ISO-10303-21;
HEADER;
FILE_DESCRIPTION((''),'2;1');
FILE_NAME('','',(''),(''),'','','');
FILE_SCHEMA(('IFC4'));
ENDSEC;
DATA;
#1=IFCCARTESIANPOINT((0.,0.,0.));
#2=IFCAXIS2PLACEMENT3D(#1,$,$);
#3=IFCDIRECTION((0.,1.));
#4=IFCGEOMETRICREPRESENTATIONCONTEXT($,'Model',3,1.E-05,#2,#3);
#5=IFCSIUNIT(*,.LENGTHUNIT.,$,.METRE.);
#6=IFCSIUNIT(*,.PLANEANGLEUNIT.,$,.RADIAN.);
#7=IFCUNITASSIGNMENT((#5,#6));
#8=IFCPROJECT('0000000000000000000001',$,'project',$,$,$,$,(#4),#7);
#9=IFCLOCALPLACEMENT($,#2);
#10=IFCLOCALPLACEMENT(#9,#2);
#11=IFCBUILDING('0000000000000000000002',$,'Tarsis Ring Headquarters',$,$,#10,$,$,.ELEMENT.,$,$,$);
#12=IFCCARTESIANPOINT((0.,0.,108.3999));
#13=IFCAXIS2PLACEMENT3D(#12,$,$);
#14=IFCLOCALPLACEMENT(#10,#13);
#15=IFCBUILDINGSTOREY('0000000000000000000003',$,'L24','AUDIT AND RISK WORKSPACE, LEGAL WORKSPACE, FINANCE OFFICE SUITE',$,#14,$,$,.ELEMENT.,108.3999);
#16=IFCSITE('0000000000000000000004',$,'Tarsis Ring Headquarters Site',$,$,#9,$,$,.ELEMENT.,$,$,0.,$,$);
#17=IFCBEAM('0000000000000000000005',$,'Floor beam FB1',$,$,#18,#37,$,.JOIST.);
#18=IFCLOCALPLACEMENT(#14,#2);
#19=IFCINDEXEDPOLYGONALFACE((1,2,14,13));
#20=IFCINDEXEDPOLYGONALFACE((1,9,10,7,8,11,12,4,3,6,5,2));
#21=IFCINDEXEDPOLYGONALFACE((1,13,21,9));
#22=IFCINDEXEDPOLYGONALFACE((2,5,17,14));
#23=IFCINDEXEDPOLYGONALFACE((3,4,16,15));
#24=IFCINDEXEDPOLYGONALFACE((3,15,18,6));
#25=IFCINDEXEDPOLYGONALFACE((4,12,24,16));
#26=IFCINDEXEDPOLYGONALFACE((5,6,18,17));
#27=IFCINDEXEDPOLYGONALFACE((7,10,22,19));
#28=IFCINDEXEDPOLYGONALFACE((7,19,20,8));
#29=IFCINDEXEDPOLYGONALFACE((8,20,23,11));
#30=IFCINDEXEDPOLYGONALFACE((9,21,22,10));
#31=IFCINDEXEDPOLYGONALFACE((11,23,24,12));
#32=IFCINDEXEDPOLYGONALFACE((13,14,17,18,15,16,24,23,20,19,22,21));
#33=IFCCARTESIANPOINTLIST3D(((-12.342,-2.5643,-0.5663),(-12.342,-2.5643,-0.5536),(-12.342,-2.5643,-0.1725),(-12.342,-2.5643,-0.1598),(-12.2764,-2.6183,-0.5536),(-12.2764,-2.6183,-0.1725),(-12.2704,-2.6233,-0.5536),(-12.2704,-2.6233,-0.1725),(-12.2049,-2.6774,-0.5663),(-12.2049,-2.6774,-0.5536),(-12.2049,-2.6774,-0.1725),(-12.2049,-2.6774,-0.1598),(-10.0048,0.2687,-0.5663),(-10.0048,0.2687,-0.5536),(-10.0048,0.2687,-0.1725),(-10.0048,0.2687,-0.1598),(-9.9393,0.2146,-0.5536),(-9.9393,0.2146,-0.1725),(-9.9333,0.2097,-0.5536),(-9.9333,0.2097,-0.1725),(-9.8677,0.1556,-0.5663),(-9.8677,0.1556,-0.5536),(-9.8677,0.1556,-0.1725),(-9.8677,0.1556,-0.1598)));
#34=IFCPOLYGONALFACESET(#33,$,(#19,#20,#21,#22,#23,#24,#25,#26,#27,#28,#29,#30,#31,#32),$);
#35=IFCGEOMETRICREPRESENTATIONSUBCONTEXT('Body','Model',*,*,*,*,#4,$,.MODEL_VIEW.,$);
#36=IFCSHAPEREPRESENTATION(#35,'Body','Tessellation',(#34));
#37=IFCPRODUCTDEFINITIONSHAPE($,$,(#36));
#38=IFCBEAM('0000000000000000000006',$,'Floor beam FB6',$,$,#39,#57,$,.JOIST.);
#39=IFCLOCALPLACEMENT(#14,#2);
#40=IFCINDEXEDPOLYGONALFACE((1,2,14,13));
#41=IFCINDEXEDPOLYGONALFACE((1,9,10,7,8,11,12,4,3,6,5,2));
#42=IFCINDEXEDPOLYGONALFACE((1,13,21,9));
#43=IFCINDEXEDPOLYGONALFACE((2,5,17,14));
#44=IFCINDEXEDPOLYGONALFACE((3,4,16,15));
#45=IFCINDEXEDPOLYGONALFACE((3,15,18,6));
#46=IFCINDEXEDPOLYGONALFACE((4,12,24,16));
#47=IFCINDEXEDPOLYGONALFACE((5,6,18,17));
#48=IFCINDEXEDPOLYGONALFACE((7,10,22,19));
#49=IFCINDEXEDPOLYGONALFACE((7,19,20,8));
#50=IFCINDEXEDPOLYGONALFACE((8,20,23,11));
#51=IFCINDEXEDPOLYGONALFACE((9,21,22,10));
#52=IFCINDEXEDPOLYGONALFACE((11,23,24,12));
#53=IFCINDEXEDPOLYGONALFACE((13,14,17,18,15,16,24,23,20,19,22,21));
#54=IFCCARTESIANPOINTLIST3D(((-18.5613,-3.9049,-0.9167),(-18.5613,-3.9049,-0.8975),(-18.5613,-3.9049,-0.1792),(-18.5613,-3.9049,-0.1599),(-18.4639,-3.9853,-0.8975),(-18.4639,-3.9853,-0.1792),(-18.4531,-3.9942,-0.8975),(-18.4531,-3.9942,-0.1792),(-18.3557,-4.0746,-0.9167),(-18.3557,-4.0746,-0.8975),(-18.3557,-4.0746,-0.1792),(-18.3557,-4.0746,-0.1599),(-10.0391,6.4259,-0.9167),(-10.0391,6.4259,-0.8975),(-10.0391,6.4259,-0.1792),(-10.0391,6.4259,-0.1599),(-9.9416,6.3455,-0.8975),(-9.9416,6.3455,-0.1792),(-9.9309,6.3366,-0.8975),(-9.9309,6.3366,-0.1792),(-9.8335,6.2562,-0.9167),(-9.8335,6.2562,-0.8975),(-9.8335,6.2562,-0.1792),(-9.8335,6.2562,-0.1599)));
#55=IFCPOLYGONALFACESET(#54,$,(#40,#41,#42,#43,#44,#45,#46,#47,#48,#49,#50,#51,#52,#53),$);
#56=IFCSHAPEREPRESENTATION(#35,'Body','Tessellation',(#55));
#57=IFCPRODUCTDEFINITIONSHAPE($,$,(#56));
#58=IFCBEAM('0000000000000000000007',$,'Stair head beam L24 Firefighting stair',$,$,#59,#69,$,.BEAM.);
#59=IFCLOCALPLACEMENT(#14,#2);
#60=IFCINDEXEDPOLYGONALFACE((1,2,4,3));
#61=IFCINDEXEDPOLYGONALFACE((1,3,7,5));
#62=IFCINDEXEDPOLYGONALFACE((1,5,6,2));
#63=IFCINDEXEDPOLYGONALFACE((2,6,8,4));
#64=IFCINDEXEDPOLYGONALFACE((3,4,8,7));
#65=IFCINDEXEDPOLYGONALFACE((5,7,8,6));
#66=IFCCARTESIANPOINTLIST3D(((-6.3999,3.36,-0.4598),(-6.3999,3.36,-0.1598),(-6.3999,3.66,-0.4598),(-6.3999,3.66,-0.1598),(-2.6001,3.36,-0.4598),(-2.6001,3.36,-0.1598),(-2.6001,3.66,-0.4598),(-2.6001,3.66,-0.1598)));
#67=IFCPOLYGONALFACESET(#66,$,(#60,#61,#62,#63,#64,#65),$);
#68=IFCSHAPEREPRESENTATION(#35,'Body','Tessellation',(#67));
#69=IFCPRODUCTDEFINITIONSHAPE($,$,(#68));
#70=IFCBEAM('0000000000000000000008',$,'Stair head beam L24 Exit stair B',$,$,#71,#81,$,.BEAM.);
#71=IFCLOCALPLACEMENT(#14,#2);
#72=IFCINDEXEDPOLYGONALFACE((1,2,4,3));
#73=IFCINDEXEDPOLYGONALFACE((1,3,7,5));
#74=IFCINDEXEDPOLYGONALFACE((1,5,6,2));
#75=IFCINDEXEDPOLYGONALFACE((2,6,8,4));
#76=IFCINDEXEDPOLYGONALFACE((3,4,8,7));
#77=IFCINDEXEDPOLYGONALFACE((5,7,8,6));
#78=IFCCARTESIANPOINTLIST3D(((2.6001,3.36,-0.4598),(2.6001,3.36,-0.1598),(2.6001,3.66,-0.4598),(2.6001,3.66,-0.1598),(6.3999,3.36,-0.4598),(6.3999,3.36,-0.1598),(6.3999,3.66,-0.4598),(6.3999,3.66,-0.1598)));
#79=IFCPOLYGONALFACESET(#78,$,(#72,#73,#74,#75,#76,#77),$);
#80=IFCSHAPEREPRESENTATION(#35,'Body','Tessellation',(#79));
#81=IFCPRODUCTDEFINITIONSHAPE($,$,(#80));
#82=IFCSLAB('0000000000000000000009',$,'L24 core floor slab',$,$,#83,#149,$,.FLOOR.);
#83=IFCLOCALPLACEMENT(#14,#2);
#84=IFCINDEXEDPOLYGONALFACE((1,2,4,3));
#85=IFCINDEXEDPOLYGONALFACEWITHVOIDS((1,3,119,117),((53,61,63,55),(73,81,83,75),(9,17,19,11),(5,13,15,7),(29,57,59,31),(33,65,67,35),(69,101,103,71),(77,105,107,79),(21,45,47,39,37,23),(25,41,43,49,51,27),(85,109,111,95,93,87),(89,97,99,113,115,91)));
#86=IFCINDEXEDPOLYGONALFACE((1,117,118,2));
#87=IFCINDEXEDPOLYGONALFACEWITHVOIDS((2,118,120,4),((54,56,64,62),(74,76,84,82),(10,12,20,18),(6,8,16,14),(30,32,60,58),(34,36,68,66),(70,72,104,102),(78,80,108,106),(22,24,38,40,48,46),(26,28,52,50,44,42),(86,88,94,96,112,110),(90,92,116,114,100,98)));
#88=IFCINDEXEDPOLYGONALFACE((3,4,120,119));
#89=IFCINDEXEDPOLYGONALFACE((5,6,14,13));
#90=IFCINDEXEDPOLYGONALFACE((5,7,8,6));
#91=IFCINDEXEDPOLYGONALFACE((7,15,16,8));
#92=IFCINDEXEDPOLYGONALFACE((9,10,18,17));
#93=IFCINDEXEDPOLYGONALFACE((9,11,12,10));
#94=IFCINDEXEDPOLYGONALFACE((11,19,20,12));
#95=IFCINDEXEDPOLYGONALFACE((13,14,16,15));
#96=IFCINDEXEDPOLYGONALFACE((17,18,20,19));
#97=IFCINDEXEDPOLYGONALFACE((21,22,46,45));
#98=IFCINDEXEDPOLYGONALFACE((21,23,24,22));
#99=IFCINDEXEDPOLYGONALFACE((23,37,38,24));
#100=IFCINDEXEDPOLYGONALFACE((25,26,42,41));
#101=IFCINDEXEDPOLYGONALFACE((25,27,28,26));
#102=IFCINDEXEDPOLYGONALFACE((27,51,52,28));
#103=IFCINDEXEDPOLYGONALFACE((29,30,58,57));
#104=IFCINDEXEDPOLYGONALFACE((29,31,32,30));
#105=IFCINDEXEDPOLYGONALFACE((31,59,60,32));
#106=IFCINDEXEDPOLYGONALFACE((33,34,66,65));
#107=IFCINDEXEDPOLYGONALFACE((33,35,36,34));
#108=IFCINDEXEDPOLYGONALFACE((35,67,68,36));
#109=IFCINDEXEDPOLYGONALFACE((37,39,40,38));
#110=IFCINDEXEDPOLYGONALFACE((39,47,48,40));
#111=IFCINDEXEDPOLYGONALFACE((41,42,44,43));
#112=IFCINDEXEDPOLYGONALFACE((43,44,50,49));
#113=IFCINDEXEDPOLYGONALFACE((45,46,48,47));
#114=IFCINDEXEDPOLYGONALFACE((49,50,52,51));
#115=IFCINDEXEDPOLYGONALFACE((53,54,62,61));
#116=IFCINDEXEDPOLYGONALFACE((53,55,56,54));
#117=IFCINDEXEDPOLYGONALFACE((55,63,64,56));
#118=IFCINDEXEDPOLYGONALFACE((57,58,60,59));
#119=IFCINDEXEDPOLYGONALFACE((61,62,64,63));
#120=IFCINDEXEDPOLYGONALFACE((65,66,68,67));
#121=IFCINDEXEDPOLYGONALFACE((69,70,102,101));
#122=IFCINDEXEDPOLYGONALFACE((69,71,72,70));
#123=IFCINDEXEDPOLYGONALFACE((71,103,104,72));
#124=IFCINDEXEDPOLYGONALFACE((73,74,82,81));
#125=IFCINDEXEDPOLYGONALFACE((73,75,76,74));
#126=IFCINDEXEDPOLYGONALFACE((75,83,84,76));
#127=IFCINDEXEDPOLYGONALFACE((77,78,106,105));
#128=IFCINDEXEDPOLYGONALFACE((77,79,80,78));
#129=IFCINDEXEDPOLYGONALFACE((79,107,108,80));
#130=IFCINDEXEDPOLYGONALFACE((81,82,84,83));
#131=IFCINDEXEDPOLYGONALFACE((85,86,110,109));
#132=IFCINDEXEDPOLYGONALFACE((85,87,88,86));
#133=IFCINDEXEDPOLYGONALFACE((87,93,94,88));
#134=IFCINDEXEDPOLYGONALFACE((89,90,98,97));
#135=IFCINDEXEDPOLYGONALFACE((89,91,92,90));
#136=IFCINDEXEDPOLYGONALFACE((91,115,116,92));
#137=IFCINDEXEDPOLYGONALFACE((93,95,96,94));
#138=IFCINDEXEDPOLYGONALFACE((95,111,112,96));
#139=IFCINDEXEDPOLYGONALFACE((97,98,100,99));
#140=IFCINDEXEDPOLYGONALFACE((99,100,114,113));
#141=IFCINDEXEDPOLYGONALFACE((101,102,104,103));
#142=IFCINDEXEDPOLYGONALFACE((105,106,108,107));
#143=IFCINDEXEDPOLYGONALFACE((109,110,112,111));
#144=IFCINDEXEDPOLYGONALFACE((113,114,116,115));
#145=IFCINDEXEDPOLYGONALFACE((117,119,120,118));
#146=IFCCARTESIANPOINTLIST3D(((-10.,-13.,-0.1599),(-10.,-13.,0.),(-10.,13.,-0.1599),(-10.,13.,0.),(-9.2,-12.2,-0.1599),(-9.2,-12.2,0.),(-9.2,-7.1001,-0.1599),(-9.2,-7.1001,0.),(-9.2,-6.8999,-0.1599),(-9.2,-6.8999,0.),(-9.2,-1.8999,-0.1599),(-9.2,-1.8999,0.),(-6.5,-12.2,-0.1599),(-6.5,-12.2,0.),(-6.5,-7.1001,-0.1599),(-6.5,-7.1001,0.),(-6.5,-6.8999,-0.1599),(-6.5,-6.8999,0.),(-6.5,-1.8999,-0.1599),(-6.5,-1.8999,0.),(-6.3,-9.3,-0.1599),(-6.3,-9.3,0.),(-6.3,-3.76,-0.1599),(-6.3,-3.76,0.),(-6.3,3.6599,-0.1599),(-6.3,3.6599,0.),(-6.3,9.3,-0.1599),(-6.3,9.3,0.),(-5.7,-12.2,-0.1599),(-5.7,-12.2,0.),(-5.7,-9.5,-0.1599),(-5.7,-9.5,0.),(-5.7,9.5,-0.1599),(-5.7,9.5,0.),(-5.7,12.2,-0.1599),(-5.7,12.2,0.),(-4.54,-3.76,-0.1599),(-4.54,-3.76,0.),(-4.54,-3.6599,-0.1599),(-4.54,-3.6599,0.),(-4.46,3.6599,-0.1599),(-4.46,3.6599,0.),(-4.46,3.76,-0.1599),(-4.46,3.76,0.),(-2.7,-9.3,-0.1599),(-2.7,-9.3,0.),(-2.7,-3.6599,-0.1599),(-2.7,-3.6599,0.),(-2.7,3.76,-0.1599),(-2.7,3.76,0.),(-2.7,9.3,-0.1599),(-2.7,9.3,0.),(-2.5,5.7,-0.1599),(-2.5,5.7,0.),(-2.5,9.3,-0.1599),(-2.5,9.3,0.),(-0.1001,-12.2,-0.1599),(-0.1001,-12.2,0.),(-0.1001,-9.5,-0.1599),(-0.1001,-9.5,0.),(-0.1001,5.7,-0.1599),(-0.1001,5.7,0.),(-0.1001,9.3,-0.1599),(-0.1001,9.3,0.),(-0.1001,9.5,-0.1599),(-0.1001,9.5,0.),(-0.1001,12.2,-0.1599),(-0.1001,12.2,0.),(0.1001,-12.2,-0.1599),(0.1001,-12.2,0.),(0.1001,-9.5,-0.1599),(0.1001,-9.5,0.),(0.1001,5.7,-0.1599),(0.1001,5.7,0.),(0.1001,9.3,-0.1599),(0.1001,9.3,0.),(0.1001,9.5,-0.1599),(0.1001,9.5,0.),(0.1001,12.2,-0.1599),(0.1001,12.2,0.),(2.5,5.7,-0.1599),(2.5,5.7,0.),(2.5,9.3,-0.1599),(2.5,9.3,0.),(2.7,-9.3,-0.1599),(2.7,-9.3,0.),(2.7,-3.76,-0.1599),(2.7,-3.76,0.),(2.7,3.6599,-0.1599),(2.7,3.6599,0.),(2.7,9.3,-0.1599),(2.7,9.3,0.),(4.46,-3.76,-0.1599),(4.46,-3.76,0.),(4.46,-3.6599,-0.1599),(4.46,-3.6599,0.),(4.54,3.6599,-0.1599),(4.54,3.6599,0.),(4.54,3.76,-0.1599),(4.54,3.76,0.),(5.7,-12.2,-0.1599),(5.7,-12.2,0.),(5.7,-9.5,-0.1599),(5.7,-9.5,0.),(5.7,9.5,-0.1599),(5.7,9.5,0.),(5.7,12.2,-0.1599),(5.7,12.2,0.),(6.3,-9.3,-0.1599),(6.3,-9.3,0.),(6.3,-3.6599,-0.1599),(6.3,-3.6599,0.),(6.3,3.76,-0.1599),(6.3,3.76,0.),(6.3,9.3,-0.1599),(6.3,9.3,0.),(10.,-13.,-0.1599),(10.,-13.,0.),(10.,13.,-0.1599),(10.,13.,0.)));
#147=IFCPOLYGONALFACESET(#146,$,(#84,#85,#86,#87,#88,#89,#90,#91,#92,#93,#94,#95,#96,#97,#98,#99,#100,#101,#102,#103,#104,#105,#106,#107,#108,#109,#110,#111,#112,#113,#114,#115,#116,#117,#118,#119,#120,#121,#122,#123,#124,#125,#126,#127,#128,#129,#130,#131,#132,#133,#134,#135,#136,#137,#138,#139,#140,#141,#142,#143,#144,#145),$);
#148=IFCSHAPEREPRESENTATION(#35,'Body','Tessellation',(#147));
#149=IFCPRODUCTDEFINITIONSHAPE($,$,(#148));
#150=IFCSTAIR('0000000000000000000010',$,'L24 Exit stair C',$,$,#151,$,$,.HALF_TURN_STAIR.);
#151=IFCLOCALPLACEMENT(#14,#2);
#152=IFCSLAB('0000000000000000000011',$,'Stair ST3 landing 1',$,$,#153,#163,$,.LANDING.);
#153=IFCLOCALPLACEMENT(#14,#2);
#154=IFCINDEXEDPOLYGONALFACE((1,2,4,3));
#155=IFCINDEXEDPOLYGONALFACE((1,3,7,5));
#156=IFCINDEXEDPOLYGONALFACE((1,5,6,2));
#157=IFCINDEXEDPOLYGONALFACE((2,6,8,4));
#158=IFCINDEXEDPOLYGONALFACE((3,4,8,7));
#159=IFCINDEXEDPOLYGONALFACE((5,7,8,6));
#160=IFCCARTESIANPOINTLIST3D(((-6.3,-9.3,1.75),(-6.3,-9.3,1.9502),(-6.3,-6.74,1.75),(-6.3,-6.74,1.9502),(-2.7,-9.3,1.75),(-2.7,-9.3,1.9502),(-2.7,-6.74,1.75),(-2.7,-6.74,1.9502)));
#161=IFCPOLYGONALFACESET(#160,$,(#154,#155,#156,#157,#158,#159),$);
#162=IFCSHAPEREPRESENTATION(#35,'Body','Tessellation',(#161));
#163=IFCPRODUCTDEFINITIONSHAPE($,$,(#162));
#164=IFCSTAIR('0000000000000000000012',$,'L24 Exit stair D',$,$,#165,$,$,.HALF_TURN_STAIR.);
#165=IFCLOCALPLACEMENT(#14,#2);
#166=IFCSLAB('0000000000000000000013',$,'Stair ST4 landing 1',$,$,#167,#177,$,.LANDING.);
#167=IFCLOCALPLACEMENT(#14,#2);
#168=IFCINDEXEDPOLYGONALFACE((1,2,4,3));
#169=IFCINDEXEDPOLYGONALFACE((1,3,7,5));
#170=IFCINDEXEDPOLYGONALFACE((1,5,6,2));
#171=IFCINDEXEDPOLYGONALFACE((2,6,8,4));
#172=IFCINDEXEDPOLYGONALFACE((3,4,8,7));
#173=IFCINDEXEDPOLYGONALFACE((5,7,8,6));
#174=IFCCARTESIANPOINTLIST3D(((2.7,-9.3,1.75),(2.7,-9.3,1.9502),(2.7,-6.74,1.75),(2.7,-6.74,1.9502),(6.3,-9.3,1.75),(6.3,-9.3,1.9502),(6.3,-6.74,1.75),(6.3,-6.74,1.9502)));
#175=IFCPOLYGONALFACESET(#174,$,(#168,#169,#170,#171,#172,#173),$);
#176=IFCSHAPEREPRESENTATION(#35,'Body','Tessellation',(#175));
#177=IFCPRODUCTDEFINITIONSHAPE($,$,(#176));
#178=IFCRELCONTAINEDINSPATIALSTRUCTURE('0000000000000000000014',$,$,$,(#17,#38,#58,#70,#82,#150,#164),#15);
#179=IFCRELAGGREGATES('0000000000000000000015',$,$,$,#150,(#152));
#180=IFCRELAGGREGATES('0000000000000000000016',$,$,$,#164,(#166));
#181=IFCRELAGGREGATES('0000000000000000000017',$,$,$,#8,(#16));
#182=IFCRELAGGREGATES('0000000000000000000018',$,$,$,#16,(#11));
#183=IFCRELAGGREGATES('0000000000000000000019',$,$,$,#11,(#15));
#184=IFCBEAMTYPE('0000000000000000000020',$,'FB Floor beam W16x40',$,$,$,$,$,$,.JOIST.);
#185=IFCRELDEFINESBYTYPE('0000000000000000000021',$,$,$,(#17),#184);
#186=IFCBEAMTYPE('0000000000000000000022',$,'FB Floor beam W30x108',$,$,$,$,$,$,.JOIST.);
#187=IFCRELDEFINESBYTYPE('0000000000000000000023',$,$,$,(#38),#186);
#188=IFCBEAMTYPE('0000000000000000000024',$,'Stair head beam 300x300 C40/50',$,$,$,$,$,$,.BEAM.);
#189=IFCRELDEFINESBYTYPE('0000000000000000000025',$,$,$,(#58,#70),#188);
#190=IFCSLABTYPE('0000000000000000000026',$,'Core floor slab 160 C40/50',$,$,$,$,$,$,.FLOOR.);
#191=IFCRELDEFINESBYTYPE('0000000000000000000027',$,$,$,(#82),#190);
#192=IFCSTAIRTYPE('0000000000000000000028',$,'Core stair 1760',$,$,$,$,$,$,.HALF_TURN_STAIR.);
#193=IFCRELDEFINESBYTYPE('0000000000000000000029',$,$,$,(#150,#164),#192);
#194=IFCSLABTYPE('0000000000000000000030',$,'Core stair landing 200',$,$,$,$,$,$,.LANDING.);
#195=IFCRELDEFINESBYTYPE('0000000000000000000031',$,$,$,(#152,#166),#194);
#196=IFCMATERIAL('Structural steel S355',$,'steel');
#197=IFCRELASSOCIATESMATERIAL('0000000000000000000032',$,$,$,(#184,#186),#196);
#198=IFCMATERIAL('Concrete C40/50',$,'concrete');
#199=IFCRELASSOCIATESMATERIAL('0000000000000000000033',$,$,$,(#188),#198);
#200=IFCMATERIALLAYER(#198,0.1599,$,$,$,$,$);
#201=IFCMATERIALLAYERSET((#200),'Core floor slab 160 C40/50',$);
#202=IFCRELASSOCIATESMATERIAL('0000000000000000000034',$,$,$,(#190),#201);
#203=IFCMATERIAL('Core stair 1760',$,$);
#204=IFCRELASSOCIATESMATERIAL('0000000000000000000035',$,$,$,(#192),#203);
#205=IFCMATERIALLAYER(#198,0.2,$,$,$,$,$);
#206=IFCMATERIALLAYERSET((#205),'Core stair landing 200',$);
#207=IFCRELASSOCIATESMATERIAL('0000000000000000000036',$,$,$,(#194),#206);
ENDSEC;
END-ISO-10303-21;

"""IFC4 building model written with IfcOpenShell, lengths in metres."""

from ifc_helpers import new_model, si_unit, direction, frame, origin, origin_2d, place, context, subcontext, project, spatial, polyline, rectangle, i_section, outline, extrude, material, layer, layer_set, material_profile, profile_set, type_object, element, aggregate, save


model = new_model("IFC4")

# Units and contexts
model_context = context("Model", 3, precision=1e-05, world=origin(), true_north=direction((0.0, 1.0)))
body_context = subcontext(model_context, "Body", "Model", "MODEL_VIEW")
ifc_project = project(units=[si_unit("LENGTHUNIT", "METRE"), si_unit("PLANEANGLEUNIT", "RADIAN")], contexts=[model_context])

# Site, building, storey
site_placement = place(None, origin())
site = spatial("IfcSite", under=ifc_project, at=site_placement, Name="Tarsis Ring Headquarters Site", CompositionType="ELEMENT", RefElevation=0.0)
building_placement = place(site_placement, origin())
building = spatial("IfcBuilding", under=site, at=building_placement, Name="Tarsis Ring Headquarters", CompositionType="ELEMENT")
storey_placement = place(building_placement, frame((0.0, 0.0, 108.3999)))
storey = spatial("IfcBuildingStorey", under=building, at=storey_placement, Name="L24", Description="AUDIT AND RISK WORKSPACE, LEGAL WORKSPACE, FINANCE OFFICE SUITE", CompositionType="ELEMENT", Elevation=108.3999)

# Beams
ifc_material_1 = material(Name="Structural steel S355", Category="steel")
ifc_material_profile_1 = material_profile(ifc_material_1, i_section(OverallWidth=0.1777, OverallDepth=0.4065, WebThickness=0.0078, FlangeThickness=0.0127, at=origin_2d()), Name="W16x40")
ifc_profile_set_1 = profile_set([ifc_material_profile_1], Name="Structural steel S355")
beam_type_1 = type_object("IfcBeamType", Name="FB Floor beam W16x40", PredefinedType="JOIST", material=ifc_profile_set_1)
beam_1_placement = place(storey_placement, frame((-9.9363, 0.2122, -0.363), z_axis=(-0.636371, -0.771383, 0.0), x_axis=(0.771383, -0.636371, 0.0)))
element("IfcBeam", 1, at=beam_1_placement, inside=storey, type_object=beam_type_1, Name="Floor beam FB1", PredefinedType="JOIST", context=body_context, shape_type="SweptSolid", body=[
    extrude(i_section(OverallWidth=0.1777, OverallDepth=0.4065, WebThickness=0.0078, FlangeThickness=0.0127, at=origin_2d()), origin(), (0.0, 0.0, 1.0), 3.6726),
])
ifc_material_profile_2 = material_profile(ifc_material_1, i_section(OverallWidth=0.2666, OverallDepth=0.7568, WebThickness=0.0139, FlangeThickness=0.0193, at=origin_2d()), Name="W30x108")
ifc_profile_set_2 = profile_set([ifc_material_profile_2], Name="Structural steel S355")
beam_type_2 = type_object("IfcBeamType", Name="FB Floor beam W30x108", PredefinedType="JOIST", material=ifc_profile_set_2)
beam_2_placement = place(storey_placement, frame((-9.9363, 6.3411, -0.5383), z_axis=(-0.636352, -0.771399, 0.0), x_axis=(0.771399, -0.636352, 0.0)))
element("IfcBeam", 2, at=beam_2_placement, inside=storey, type_object=beam_type_2, Name="Floor beam FB6", PredefinedType="JOIST", context=body_context, shape_type="SweptSolid", body=[
    extrude(i_section(OverallWidth=0.2666, OverallDepth=0.7568, WebThickness=0.0139, FlangeThickness=0.0193, at=origin_2d()), origin(), (0.0, 0.0, 1.0), 13.3923),
])
ifc_material_2 = material(Name="Concrete C40/50", Category="concrete")
ifc_material_profile_3 = material_profile(ifc_material_2, rectangle(XDim=0.3, YDim=0.3, at=origin_2d()), Name="Stair head beam 300x300 C40/50")
ifc_profile_set_3 = profile_set([ifc_material_profile_3], Name="Concrete C40/50")
beam_type_3 = type_object("IfcBeamType", Name="Stair head beam 300x300 C40/50", PredefinedType="BEAM", material=ifc_profile_set_3)
for number, where, z_axis, x_axis, name in (
    (3, (-6.3999, 3.51, -0.3098), (1.0, 0.0, 0.0), (0.0, 1.0, 0.0), "Stair head beam L24 Firefighting stair"),
    (4, (2.6001, 3.51, -0.3098), (1.0, 0.0, 0.0), (0.0, 1.0, 0.0), "Stair head beam L24 Exit stair B"),
):
    element("IfcBeam", number, at=place(storey_placement, frame(where, z_axis=z_axis, x_axis=x_axis)), inside=storey, type_object=beam_type_3, Name=name, PredefinedType="BEAM", context=body_context, shape_type="SweptSolid", body=[
        extrude(rectangle(XDim=0.3, YDim=0.3, at=origin_2d()), origin(), (0.0, 0.0, 1.0), 3.7998),
    ])

# Slab
ifc_layer_1 = layer(ifc_material_2, 0.1599)
ifc_layer_set_1 = layer_set([ifc_layer_1], Name="Core floor slab 160 C40/50")
slab_type_1 = type_object("IfcSlabType", Name="Core floor slab 160 C40/50", PredefinedType="FLOOR", material=ifc_layer_set_1)
slab_1_placement = place(storey_placement, frame((0.0, 0.0, -0.1599)))
element("IfcSlab", 5, at=slab_1_placement, inside=storey, type_object=slab_type_1, Name="L24 core floor slab", PredefinedType="FLOOR", context=body_context, shape_type="SweptSolid", body=[
    extrude(outline(polyline([(-10.0, -13.0), (10.0, -13.0), (10.0, 13.0), (-10.0, 13.0), (-10.0, -13.0)]), holes=[polyline([(-2.5, 5.7), (-0.1001, 5.7), (-0.1001, 9.3), (-2.5, 9.3), (-2.5, 5.7)]), polyline([(0.1001, 5.7), (2.5, 5.7), (2.5, 9.3), (0.1001, 9.3), (0.1001, 5.7)]), polyline([(-9.2, -12.2), (-6.5, -12.2), (-6.5, -7.1001), (-9.2, -7.1001), (-9.2, -12.2)]), polyline([(-9.2, -6.8999), (-6.5, -6.8999), (-6.5, -1.8999), (-9.2, -1.8999), (-9.2, -6.8999)]), polyline([(-5.7, 9.5), (-0.1001, 9.5), (-0.1001, 12.2), (-5.7, 12.2), (-5.7, 9.5)]), polyline([(0.1001, 9.5), (5.7, 9.5), (5.7, 12.2), (0.1001, 12.2), (0.1001, 9.5)]), polyline([(-5.7, -12.2), (-0.1001, -12.2), (-0.1001, -9.5), (-5.7, -9.5), (-5.7, -12.2)]), polyline([(0.1001, -12.2), (5.7, -12.2), (5.7, -9.5), (0.1001, -9.5), (0.1001, -12.2)]), polyline([(-2.7, 3.76), (-2.7, 9.3), (-6.3, 9.3), (-6.3, 3.6599), (-4.46, 3.6599), (-4.46, 3.76), (-2.7, 3.76)]), polyline([(6.3, 3.76), (6.3, 9.3), (2.7, 9.3), (2.7, 3.6599), (4.54, 3.6599), (4.54, 3.76), (6.3, 3.76)]), polyline([(-6.3, -3.76), (-6.3, -9.3), (-2.7, -9.3), (-2.7, -3.6599), (-4.54, -3.6599), (-4.54, -3.76), (-6.3, -3.76)]), polyline([(2.7, -3.76), (2.7, -9.3), (6.3, -9.3), (6.3, -3.6599), (4.46, -3.6599), (4.46, -3.76), (2.7, -3.76)])]), origin(), (0.0, 0.0, 1.0), 0.1599),
])

# Stairs, slabs
ifc_material_3 = material(Name="Core stair 1760")
stair_type = type_object("IfcStairType", Name="Core stair 1760", PredefinedType="HALF_TURN_STAIR", material=ifc_material_3)
stair_1_placement = place(storey_placement, origin())
stair_1 = element("IfcStair", 6, at=stair_1_placement, inside=storey, type_object=stair_type, Name="L24 Exit stair C", PredefinedType="HALF_TURN_STAIR")
ifc_layer_2 = layer(ifc_material_2, 0.2)
ifc_layer_set_2 = layer_set([ifc_layer_2], Name="Core stair landing 200")
slab_type_2 = type_object("IfcSlabType", Name="Core stair landing 200", PredefinedType="LANDING", material=ifc_layer_set_2)
slab_2_placement = place(storey_placement, frame((0.0, 0.0, 1.75)))
slab_2 = element("IfcSlab", 7, at=slab_2_placement, type_object=slab_type_2, Name="Stair ST3 landing 1", PredefinedType="LANDING", context=body_context, shape_type="SweptSolid", body=[
    extrude(outline(polyline([(-6.3, -6.74), (-6.3, -9.3), (-2.7, -9.3), (-2.7, -6.74), (-6.3, -6.74)])), origin(), (0.0, 0.0, 1.0), 0.2002),
])
aggregate(stair_1, [slab_2])
stair_2_placement = place(storey_placement, origin())
stair_2 = element("IfcStair", 8, at=stair_2_placement, inside=storey, type_object=stair_type, Name="L24 Exit stair D", PredefinedType="HALF_TURN_STAIR")
slab_3_placement = place(storey_placement, frame((0.0, 0.0, 1.75)))
slab_3 = element("IfcSlab", 9, at=slab_3_placement, type_object=slab_type_2, Name="Stair ST4 landing 1", PredefinedType="LANDING", context=body_context, shape_type="SweptSolid", body=[
    extrude(outline(polyline([(2.7, -6.74), (2.7, -9.3), (6.3, -9.3), (6.3, -6.74), (2.7, -6.74)])), origin(), (0.0, 0.0, 1.0), 0.2002),
])
aggregate(stair_2, [slab_3])

save(model, "model.ifc")
